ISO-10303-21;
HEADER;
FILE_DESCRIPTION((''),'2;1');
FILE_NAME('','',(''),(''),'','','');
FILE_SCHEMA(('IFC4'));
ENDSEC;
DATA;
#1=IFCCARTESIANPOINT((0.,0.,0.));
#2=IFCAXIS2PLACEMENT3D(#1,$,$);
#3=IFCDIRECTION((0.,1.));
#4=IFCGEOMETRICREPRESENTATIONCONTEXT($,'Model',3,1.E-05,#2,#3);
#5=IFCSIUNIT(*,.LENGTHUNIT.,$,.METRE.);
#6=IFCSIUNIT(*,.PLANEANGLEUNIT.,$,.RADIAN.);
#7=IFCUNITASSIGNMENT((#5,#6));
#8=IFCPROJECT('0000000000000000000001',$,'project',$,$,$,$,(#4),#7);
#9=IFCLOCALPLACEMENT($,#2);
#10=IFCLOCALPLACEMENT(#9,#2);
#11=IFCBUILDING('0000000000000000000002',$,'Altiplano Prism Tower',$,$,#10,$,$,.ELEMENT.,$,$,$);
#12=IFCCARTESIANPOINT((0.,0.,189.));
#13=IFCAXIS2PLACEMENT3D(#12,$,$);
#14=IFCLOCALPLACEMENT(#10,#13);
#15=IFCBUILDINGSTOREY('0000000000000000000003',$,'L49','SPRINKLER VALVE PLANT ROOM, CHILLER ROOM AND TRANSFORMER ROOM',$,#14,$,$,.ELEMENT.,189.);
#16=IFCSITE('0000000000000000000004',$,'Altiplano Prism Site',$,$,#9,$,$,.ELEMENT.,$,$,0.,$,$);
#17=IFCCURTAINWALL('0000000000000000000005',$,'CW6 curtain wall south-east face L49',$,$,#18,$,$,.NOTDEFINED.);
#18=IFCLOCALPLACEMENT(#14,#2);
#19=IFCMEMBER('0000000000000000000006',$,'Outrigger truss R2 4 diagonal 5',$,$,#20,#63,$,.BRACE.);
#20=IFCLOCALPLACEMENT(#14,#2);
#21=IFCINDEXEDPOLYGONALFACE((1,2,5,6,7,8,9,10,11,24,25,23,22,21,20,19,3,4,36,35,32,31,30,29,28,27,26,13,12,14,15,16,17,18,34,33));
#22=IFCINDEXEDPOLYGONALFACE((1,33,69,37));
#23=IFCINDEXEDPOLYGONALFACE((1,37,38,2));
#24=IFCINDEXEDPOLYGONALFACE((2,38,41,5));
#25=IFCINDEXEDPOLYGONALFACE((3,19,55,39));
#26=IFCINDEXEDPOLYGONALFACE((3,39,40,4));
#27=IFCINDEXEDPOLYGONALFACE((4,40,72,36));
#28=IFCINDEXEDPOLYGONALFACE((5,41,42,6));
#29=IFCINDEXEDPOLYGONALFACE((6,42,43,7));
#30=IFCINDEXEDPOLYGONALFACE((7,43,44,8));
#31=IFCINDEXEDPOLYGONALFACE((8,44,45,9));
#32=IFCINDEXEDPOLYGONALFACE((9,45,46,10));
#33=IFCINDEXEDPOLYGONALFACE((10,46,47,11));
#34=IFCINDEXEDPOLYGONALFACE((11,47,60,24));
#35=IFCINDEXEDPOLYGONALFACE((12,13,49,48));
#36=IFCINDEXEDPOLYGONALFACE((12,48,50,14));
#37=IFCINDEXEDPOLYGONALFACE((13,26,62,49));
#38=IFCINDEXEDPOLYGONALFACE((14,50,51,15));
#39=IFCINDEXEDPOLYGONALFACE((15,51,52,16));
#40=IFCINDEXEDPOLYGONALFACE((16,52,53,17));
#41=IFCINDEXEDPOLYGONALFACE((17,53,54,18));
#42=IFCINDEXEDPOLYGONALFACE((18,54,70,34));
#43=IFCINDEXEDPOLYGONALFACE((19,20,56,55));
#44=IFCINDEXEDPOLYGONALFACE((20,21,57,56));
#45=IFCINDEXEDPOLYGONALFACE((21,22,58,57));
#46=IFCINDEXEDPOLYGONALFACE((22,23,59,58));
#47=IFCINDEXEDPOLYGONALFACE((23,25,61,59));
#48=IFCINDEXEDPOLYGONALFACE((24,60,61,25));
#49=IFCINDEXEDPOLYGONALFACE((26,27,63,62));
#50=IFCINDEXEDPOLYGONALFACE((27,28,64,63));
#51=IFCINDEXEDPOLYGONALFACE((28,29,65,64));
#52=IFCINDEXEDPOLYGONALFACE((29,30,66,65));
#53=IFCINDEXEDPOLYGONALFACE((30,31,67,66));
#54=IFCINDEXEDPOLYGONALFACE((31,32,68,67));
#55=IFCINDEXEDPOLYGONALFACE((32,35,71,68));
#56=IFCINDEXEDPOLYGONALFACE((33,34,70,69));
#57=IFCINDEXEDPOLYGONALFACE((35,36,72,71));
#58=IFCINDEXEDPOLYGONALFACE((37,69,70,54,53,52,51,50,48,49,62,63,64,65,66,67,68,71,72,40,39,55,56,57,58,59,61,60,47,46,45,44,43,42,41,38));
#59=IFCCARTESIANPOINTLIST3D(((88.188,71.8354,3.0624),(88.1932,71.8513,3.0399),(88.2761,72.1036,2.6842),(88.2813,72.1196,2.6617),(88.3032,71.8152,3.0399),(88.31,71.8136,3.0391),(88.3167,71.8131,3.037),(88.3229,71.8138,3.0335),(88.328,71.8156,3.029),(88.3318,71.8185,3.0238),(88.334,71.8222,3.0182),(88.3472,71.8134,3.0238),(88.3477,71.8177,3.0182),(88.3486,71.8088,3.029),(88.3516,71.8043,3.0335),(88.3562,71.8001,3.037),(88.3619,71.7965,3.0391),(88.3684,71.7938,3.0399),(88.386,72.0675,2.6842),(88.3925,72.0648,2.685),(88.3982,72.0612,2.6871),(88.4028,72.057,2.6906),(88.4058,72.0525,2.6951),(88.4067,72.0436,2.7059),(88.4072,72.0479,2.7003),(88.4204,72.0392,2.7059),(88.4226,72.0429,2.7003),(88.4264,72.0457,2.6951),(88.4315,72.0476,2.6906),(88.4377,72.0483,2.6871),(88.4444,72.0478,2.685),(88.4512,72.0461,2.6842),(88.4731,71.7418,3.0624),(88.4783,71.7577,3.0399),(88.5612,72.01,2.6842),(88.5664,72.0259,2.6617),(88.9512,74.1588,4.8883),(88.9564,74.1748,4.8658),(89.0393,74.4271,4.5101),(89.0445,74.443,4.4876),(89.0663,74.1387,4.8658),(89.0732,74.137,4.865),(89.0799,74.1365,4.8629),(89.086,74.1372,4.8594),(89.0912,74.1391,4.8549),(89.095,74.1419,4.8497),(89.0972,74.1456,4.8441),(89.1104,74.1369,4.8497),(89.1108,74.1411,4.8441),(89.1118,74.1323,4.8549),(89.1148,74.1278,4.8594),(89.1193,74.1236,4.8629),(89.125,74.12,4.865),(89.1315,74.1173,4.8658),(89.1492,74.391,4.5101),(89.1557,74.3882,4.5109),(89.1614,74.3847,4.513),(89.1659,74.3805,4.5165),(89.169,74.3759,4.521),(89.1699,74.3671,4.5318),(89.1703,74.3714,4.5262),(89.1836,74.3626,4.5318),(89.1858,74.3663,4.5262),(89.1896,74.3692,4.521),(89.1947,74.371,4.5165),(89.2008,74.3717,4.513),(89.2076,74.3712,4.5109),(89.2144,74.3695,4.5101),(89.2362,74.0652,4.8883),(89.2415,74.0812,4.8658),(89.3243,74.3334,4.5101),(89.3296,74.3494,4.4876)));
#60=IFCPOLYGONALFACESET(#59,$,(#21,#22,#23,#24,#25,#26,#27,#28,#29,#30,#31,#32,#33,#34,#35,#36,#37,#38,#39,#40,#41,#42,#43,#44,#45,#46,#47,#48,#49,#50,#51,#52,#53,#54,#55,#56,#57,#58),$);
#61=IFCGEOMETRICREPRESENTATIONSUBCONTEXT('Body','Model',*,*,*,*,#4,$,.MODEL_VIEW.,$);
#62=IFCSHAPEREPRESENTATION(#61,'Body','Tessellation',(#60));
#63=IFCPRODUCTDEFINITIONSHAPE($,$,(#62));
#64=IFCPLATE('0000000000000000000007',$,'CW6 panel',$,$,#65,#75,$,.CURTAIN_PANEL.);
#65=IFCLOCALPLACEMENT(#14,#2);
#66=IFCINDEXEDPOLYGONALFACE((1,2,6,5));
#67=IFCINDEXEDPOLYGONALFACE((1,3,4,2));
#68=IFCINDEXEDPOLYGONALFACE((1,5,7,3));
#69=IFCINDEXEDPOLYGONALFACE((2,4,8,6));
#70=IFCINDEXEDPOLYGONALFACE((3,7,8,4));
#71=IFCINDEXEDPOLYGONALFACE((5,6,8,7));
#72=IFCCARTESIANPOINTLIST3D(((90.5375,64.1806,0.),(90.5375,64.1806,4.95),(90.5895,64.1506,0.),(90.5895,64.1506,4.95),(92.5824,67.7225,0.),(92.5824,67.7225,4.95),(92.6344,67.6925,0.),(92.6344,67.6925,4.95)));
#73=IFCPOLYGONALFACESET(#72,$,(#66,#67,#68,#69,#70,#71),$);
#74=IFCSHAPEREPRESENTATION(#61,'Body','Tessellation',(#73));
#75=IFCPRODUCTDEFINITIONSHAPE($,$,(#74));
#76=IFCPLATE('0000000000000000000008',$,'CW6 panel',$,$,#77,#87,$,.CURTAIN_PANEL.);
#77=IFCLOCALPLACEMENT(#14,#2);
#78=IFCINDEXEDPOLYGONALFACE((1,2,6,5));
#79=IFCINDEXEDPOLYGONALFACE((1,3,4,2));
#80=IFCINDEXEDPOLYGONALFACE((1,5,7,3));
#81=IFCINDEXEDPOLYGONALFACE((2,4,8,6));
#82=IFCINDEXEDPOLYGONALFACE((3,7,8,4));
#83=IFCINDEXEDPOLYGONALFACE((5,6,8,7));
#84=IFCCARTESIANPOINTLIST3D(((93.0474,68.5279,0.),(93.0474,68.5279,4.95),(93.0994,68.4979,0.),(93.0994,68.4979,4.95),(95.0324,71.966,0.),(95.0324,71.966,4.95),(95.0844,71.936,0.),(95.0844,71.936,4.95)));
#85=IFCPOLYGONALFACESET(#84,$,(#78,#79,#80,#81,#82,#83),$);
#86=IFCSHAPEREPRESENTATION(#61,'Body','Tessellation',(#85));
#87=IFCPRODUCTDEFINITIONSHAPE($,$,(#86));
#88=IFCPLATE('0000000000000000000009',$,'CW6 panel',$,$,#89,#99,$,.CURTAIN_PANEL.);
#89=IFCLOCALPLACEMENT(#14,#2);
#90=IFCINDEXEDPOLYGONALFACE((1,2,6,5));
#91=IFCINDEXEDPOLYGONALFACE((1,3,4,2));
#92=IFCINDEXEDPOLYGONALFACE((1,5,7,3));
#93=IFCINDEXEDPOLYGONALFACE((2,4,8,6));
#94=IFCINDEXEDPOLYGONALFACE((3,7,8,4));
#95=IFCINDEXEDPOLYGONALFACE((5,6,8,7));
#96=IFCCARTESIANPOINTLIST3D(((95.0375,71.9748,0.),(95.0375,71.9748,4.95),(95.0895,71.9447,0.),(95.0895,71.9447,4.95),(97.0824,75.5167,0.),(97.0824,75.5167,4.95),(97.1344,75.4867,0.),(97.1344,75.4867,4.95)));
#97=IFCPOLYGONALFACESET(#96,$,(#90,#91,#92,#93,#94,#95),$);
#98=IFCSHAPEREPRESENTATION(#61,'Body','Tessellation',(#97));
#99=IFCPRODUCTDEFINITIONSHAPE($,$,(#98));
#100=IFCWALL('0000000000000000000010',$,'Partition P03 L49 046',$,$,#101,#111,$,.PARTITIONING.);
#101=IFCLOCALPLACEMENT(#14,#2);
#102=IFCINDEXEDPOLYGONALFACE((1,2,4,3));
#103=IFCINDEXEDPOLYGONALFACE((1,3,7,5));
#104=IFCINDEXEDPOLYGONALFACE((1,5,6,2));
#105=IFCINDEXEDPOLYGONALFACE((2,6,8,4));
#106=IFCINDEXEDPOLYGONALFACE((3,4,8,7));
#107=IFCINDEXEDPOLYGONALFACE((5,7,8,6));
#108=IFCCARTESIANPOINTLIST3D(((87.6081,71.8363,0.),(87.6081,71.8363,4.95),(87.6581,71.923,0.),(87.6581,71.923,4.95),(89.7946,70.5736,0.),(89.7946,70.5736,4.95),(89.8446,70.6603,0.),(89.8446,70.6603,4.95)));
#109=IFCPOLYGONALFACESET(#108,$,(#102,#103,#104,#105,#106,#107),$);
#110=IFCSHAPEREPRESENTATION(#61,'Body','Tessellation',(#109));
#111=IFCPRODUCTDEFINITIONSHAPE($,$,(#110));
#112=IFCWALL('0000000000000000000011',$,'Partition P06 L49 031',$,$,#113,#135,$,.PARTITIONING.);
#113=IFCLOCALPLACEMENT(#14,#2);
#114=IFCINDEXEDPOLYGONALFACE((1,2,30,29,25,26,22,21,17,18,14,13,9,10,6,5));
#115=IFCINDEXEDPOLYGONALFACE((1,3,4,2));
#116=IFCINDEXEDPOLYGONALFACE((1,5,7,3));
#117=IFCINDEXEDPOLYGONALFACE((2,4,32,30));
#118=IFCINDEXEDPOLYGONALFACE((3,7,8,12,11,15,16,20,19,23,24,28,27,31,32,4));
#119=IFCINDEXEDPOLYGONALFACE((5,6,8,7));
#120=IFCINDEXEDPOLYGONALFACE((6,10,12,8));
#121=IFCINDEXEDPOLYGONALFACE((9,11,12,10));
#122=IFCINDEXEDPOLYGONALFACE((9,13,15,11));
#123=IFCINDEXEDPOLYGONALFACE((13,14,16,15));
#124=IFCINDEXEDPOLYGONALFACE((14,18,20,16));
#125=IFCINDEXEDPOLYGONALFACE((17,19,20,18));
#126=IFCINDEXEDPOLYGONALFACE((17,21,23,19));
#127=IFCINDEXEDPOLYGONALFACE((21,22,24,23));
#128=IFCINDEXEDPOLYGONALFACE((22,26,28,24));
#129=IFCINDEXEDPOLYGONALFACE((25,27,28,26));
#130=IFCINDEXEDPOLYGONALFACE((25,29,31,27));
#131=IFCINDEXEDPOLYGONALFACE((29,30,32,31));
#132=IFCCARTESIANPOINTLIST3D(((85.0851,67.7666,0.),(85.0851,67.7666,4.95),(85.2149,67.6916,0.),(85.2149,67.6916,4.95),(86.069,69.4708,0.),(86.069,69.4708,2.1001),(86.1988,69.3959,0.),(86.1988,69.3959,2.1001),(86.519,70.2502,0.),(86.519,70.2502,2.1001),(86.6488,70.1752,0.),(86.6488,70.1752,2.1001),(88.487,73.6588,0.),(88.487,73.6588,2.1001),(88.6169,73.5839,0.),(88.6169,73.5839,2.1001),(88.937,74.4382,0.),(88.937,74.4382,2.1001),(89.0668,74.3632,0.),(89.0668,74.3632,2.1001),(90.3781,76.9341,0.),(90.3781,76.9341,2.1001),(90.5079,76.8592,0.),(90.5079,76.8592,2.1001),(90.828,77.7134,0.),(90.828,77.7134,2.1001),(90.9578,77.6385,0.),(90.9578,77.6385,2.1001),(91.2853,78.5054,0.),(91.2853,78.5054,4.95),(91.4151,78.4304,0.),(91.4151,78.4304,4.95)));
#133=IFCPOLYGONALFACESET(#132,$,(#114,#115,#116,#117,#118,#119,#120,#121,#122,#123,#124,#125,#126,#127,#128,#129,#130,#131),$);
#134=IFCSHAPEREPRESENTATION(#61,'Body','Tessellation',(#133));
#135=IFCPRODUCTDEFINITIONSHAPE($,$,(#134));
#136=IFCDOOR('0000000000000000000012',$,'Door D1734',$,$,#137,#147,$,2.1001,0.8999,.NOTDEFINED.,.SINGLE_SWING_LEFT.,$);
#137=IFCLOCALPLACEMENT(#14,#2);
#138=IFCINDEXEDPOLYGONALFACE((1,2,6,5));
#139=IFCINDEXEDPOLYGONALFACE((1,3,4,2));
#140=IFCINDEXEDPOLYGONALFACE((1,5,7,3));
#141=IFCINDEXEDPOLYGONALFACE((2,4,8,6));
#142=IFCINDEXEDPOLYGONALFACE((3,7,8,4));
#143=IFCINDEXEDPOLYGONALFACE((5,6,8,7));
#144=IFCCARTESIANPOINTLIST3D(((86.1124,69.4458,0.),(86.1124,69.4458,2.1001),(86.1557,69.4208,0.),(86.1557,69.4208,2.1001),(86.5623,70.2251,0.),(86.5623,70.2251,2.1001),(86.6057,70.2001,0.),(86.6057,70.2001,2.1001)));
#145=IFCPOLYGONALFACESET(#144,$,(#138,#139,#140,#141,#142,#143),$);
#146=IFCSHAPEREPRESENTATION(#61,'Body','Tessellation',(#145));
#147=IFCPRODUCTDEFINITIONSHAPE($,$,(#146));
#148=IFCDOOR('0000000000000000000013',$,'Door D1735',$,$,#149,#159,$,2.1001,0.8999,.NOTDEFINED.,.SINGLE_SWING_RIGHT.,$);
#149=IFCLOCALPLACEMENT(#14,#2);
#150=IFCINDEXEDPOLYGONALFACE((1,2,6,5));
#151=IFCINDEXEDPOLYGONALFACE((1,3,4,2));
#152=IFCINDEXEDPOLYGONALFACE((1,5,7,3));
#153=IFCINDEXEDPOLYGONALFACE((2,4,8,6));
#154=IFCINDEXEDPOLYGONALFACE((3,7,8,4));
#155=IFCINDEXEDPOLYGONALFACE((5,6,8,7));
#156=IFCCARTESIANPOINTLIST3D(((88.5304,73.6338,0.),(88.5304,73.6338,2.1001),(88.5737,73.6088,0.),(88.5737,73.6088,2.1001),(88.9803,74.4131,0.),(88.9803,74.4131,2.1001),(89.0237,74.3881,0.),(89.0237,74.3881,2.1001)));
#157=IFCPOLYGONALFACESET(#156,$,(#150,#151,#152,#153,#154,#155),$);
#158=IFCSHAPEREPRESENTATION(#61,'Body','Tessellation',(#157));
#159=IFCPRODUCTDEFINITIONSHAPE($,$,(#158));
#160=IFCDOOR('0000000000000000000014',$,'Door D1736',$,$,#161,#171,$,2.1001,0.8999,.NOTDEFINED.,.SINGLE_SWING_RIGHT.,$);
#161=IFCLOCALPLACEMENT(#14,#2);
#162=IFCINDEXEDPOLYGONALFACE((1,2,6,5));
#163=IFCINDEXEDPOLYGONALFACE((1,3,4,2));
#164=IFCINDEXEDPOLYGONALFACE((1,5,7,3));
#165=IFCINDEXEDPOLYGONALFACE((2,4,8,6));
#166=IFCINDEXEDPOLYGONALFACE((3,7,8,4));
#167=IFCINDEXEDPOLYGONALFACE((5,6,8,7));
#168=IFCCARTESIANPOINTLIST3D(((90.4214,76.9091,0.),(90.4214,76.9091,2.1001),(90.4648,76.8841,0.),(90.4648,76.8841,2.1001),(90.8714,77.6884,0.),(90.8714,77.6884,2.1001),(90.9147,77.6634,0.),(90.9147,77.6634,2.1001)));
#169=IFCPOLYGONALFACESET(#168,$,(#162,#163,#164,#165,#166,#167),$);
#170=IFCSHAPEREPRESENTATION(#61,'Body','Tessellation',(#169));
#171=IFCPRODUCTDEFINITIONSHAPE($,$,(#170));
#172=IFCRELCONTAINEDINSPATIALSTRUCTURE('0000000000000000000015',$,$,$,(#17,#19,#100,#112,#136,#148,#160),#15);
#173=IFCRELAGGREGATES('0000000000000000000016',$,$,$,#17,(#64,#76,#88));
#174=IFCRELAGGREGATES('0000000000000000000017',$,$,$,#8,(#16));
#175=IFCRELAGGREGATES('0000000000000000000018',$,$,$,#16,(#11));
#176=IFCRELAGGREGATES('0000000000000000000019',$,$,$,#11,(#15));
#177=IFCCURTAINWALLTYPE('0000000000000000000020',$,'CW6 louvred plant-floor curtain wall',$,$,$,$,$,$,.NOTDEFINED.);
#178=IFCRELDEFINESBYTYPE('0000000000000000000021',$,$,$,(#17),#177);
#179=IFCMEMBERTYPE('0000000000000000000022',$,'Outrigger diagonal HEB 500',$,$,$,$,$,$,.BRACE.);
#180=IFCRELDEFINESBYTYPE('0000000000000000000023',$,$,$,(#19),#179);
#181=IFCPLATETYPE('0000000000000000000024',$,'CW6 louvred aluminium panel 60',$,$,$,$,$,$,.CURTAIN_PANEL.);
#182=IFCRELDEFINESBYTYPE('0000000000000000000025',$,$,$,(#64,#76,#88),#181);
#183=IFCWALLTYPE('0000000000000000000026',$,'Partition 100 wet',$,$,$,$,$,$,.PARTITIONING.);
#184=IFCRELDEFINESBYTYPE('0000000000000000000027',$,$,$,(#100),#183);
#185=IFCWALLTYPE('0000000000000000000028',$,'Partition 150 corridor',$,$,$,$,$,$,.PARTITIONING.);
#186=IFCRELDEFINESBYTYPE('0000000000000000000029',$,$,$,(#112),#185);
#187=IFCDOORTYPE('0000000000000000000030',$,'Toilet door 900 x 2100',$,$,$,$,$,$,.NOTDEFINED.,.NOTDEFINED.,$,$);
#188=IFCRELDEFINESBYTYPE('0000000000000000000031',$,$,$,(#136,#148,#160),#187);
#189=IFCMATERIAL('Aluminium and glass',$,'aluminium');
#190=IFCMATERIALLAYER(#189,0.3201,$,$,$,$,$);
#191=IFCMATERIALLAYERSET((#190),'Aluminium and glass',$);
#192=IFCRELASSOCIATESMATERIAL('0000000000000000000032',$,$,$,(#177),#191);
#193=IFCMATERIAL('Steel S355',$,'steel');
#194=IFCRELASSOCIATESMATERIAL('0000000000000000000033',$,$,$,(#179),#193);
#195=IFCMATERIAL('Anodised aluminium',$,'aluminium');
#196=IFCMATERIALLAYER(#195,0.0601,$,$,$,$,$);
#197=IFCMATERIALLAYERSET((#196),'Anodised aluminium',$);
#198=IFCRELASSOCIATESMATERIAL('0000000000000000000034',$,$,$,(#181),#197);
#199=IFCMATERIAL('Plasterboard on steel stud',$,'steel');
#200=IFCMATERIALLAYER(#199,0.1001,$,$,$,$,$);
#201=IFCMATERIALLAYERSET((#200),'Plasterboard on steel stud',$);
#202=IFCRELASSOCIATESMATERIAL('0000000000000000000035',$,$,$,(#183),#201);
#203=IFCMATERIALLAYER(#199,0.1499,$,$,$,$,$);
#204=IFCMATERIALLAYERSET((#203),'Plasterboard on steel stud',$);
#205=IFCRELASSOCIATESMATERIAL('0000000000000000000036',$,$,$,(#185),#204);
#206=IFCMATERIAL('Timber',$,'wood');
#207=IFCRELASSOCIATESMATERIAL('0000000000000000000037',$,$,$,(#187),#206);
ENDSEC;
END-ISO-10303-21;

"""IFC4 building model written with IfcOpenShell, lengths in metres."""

from ifc_helpers import new_model, si_unit, direction, frame, frame_2d, origin, origin_2d, place, context, subcontext, project, spatial, rectangle, i_section, extrude, material, layer, layer_set, material_profile, profile_set, type_object, element, fill, aggregate, save


model = new_model("IFC4")

# Units and contexts
model_context = context("Model", 3, precision=1e-05, world=origin(), true_north=direction((0.0, 1.0)))
body_context = subcontext(model_context, "Body", "Model", "MODEL_VIEW")
ifc_project = project(units=[si_unit("LENGTHUNIT", "METRE"), si_unit("PLANEANGLEUNIT", "RADIAN")], contexts=[model_context])

# Site, building, storey
site_placement = place(None, origin())
site = spatial("IfcSite", under=ifc_project, at=site_placement, Name="Altiplano Prism Site", CompositionType="ELEMENT", RefElevation=0.0)
building_placement = place(site_placement, origin())
building = spatial("IfcBuilding", under=site, at=building_placement, Name="Altiplano Prism Tower", CompositionType="ELEMENT")
storey_placement = place(building_placement, frame((0.0, 0.0, 189.0)))
storey = spatial("IfcBuildingStorey", under=building, at=storey_placement, Name="L49", Description="SPRINKLER VALVE PLANT ROOM, CHILLER ROOM AND TRANSFORMER ROOM", CompositionType="ELEMENT", Elevation=189.0)

# Shared definitions
ifc_material_1 = material(Name="Steel S355", Category="steel")

# Curtain wall
ifc_material_2 = material(Name="Aluminium and glass", Category="aluminium")
ifc_layer_1 = layer(ifc_material_2, 0.3201)
ifc_layer_set_1 = layer_set([ifc_layer_1], Name="Aluminium and glass")
curtain_wall_type = type_object("IfcCurtainWallType", Name="CW6 louvred plant-floor curtain wall", PredefinedType="NOTDEFINED", material=ifc_layer_set_1)
curtain_wall_placement = place(storey_placement, origin())
curtain_wall = element("IfcCurtainWall", 1, at=curtain_wall_placement, inside=storey, type_object=curtain_wall_type, Name="CW6 curtain wall south-east face L49", PredefinedType="NOTDEFINED")

# Member
ifc_material_profile_1 = material_profile(ifc_material_1, i_section(OverallWidth=0.3, OverallDepth=0.5, WebThickness=0.0144, FlangeThickness=0.0281, FilletRadius=0.0271, at=origin_2d()), Name="Outrigger diagonal HEB 500")
ifc_profile_set_1 = profile_set([ifc_material_profile_1], Name="Steel S355")
member_type_1 = type_object("IfcMemberType", Name="Outrigger diagonal HEB 500", PredefinedType="BRACE", material=ifc_profile_set_1)
for number, where, z_axis, x_axis, name in (
    (2, (88.3772, 71.9307, 2.8621), (0.250056, 0.761285, 0.598261), (-0.950062, 0.312062, 0.0), "Outrigger truss R2 4 diagonal 5"),
):
    element("IfcMember", number, at=place(storey_placement, frame(where, z_axis=z_axis, x_axis=x_axis)), inside=storey, type_object=member_type_1, Name=name, PredefinedType="BRACE", context=body_context, shape_type="SweptSolid", body=[
        extrude(i_section(OverallWidth=0.3, OverallDepth=0.5, WebThickness=0.0144, FlangeThickness=0.0281, FilletRadius=0.0271, at=origin_2d()), origin(), (0.0, 0.0, 1.0), 3.052),
    ])

# Plates
ifc_material_3 = material(Name="Anodised aluminium", Category="aluminium")
ifc_layer_2 = layer(ifc_material_3, 0.0601)
ifc_layer_set_2 = layer_set([ifc_layer_2], Name="Anodised aluminium")
plate_type = type_object("IfcPlateType", Name="CW6 louvred aluminium panel 60", PredefinedType="CURTAIN_PANEL", material=ifc_layer_set_2)
plate_1_placement = place(storey_placement, frame((91.5859, 65.9365, 0.0), z_axis=(0.0, 0.0, 1.0), x_axis=(0.5, 0.866025, 0.0)))
plate_1 = element("IfcPlate", 3, at=plate_1_placement, type_object=plate_type, Name="CW6 panel", PredefinedType="CURTAIN_PANEL", context=body_context, shape_type="SweptSolid", body=[
    extrude(rectangle(XDim=4.0898, YDim=0.0601, at=origin_2d()), origin(), (0.0, 0.0, 1.0), 4.95),
])
plate_2_placement = place(storey_placement, frame((94.0659, 70.2319, 0.0), z_axis=(0.0, 0.0, 1.0), x_axis=(0.5, 0.866025, 0.0)))
plate_2 = element("IfcPlate", 4, at=plate_2_placement, type_object=plate_type, Name="CW6 panel", PredefinedType="CURTAIN_PANEL", context=body_context, shape_type="SweptSolid", body=[
    extrude(rectangle(XDim=3.97, YDim=0.0601, at=origin_2d()), origin(), (0.0, 0.0, 1.0), 4.95),
])
plate_3_placement = place(storey_placement, frame((96.0859, 73.7307, 0.0), z_axis=(0.0, 0.0, 1.0), x_axis=(0.5, 0.866025, 0.0)))
plate_3 = element("IfcPlate", 5, at=plate_3_placement, type_object=plate_type, Name="CW6 panel", PredefinedType="CURTAIN_PANEL", context=body_context, shape_type="SweptSolid", body=[
    extrude(rectangle(XDim=4.0898, YDim=0.0601, at=origin_2d()), origin(), (0.0, 0.0, 1.0), 4.95),
])
aggregate(curtain_wall, [plate_1, plate_2, plate_3])

# Wall
ifc_material_4 = material(Name="Plasterboard on steel stud", Category="steel")
ifc_layer_3 = layer(ifc_material_4, 0.1001)
ifc_layer_set_3 = layer_set([ifc_layer_3], Name="Plasterboard on steel stud")
wall_type_1 = type_object("IfcWallType", Name="Partition 100 wet", PredefinedType="PARTITIONING", material=ifc_layer_set_3)
wall_1_placement = place(storey_placement, frame((89.8196, 70.6169, 0.0), z_axis=(0.0, 0.0, 1.0), x_axis=(-0.865973, 0.500091, 0.0)))
element("IfcWall", 6, at=wall_1_placement, inside=storey, type_object=wall_type_1, Name="Partition P03 L49 046", PredefinedType="PARTITIONING", context=body_context, shape_type="SweptSolid", body=[
    extrude(rectangle(XDim=2.5249, YDim=0.1001, at=frame_2d((1.2625, 0.0))), origin(), (0.0, 0.0, 1.0), 4.95),
])

# Wall, openings, doors
ifc_layer_4 = layer(ifc_material_4, 0.1499)
ifc_layer_set_4 = layer_set([ifc_layer_4], Name="Plasterboard on steel stud")
wall_type_2 = type_object("IfcWallType", Name="Partition 150 corridor", PredefinedType="PARTITIONING", material=ifc_layer_set_4)
wall_2_placement = place(storey_placement, frame((85.1499, 67.729, 0.0), z_axis=(0.0, 0.0, 1.0), x_axis=(0.50001, 0.86602, 0.0)))
wall_2 = element("IfcWall", 7, at=wall_2_placement, inside=storey, type_object=wall_type_2, Name="Partition P06 L49 031", PredefinedType="PARTITIONING", context=body_context, shape_type="SweptSolid", body=[
    extrude(rectangle(XDim=12.4001, YDim=0.1499, at=frame_2d((6.2002, 0.0))), origin(), (0.0, 0.0, 1.0), 4.95),
])
opening_1_placement = place(wall_2_placement, frame((1.968, 0.0, 0.0)))
opening_1 = element("IfcOpeningElement", 8, at=opening_1_placement, cuts=wall_2, PredefinedType="OPENING", context=body_context, shape_type="SweptSolid", body=[
    extrude(rectangle(XDim=0.8999, YDim=2.1001, at=frame_2d((0.45, 1.05))), frame((0.0, 0.0854, 0.0), z_axis=(0.0, -1.0, 0.0), x_axis=(1.0, 0.0, 0.0)), (0.0, 0.0, 1.0), 0.1709),
])
opening_2_placement = place(wall_2_placement, frame((6.804, 0.0, 0.0)))
opening_2 = element("IfcOpeningElement", 9, at=opening_2_placement, cuts=wall_2, PredefinedType="OPENING", context=body_context, shape_type="SweptSolid", body=[
    extrude(rectangle(XDim=0.8999, YDim=2.1001, at=frame_2d((0.45, 1.05))), frame((0.0, 0.0854, 0.0), z_axis=(0.0, -1.0, 0.0), x_axis=(1.0, 0.0, 0.0)), (0.0, 0.0, 1.0), 0.1709),
])
opening_3_placement = place(wall_2_placement, frame((10.5859, 0.0, 0.0)))
opening_3 = element("IfcOpeningElement", 10, at=opening_3_placement, cuts=wall_2, PredefinedType="OPENING", context=body_context, shape_type="SweptSolid", body=[
    extrude(rectangle(XDim=0.8999, YDim=2.1001, at=frame_2d((0.45, 1.05))), frame((0.0, 0.0854, 0.0), z_axis=(0.0, -1.0, 0.0), x_axis=(1.0, 0.0, 0.0)), (0.0, 0.0, 1.0), 0.1709),
])
ifc_material_5 = material(Name="Timber", Category="wood")
door_type_1 = type_object("IfcDoorType", Name="Toilet door 900 x 2100", OperationType="NOTDEFINED", PredefinedType="NOTDEFINED", material=ifc_material_5)
door_1_placement = place(opening_1_placement, origin())
door_1 = element("IfcDoor", 11, at=door_1_placement, inside=storey, type_object=door_type_1, Name="Door D1734", OperationType="SINGLE_SWING_LEFT", OverallHeight=2.1001, OverallWidth=0.8999, PredefinedType="NOTDEFINED", context=body_context, shape_type="SweptSolid", body=[
    extrude(rectangle(XDim=0.8999, YDim=2.1001, at=frame_2d((0.45, 1.05))), frame((0.0, 0.0249, 0.0), z_axis=(0.0, -1.0, 0.0), x_axis=(1.0, 0.0, 0.0)), (0.0, 0.0, 1.0), 0.05),
])
fill(opening_1, door_1)
door_2_placement = place(opening_2_placement, origin())
door_2 = element("IfcDoor", 12, at=door_2_placement, inside=storey, type_object=door_type_1, Name="Door D1735", OperationType="SINGLE_SWING_RIGHT", OverallHeight=2.1001, OverallWidth=0.8999, PredefinedType="NOTDEFINED", context=body_context, shape_type="SweptSolid", body=[
    extrude(rectangle(XDim=0.8999, YDim=2.1001, at=frame_2d((0.45, 1.05))), frame((0.0, 0.0249, 0.0), z_axis=(0.0, -1.0, 0.0), x_axis=(1.0, 0.0, 0.0)), (0.0, 0.0, 1.0), 0.05),
])
fill(opening_2, door_2)
door_3_placement = place(opening_3_placement, origin())
door_3 = element("IfcDoor", 13, at=door_3_placement, inside=storey, type_object=door_type_1, Name="Door D1736", OperationType="SINGLE_SWING_RIGHT", OverallHeight=2.1001, OverallWidth=0.8999, PredefinedType="NOTDEFINED", context=body_context, shape_type="SweptSolid", body=[
    extrude(rectangle(XDim=0.8999, YDim=2.1001, at=frame_2d((0.45, 1.05))), frame((0.0, 0.0249, 0.0), z_axis=(0.0, -1.0, 0.0), x_axis=(1.0, 0.0, 0.0)), (0.0, 0.0, 1.0), 0.05),
])
fill(opening_3, door_3)

save(model, "model.ifc")
